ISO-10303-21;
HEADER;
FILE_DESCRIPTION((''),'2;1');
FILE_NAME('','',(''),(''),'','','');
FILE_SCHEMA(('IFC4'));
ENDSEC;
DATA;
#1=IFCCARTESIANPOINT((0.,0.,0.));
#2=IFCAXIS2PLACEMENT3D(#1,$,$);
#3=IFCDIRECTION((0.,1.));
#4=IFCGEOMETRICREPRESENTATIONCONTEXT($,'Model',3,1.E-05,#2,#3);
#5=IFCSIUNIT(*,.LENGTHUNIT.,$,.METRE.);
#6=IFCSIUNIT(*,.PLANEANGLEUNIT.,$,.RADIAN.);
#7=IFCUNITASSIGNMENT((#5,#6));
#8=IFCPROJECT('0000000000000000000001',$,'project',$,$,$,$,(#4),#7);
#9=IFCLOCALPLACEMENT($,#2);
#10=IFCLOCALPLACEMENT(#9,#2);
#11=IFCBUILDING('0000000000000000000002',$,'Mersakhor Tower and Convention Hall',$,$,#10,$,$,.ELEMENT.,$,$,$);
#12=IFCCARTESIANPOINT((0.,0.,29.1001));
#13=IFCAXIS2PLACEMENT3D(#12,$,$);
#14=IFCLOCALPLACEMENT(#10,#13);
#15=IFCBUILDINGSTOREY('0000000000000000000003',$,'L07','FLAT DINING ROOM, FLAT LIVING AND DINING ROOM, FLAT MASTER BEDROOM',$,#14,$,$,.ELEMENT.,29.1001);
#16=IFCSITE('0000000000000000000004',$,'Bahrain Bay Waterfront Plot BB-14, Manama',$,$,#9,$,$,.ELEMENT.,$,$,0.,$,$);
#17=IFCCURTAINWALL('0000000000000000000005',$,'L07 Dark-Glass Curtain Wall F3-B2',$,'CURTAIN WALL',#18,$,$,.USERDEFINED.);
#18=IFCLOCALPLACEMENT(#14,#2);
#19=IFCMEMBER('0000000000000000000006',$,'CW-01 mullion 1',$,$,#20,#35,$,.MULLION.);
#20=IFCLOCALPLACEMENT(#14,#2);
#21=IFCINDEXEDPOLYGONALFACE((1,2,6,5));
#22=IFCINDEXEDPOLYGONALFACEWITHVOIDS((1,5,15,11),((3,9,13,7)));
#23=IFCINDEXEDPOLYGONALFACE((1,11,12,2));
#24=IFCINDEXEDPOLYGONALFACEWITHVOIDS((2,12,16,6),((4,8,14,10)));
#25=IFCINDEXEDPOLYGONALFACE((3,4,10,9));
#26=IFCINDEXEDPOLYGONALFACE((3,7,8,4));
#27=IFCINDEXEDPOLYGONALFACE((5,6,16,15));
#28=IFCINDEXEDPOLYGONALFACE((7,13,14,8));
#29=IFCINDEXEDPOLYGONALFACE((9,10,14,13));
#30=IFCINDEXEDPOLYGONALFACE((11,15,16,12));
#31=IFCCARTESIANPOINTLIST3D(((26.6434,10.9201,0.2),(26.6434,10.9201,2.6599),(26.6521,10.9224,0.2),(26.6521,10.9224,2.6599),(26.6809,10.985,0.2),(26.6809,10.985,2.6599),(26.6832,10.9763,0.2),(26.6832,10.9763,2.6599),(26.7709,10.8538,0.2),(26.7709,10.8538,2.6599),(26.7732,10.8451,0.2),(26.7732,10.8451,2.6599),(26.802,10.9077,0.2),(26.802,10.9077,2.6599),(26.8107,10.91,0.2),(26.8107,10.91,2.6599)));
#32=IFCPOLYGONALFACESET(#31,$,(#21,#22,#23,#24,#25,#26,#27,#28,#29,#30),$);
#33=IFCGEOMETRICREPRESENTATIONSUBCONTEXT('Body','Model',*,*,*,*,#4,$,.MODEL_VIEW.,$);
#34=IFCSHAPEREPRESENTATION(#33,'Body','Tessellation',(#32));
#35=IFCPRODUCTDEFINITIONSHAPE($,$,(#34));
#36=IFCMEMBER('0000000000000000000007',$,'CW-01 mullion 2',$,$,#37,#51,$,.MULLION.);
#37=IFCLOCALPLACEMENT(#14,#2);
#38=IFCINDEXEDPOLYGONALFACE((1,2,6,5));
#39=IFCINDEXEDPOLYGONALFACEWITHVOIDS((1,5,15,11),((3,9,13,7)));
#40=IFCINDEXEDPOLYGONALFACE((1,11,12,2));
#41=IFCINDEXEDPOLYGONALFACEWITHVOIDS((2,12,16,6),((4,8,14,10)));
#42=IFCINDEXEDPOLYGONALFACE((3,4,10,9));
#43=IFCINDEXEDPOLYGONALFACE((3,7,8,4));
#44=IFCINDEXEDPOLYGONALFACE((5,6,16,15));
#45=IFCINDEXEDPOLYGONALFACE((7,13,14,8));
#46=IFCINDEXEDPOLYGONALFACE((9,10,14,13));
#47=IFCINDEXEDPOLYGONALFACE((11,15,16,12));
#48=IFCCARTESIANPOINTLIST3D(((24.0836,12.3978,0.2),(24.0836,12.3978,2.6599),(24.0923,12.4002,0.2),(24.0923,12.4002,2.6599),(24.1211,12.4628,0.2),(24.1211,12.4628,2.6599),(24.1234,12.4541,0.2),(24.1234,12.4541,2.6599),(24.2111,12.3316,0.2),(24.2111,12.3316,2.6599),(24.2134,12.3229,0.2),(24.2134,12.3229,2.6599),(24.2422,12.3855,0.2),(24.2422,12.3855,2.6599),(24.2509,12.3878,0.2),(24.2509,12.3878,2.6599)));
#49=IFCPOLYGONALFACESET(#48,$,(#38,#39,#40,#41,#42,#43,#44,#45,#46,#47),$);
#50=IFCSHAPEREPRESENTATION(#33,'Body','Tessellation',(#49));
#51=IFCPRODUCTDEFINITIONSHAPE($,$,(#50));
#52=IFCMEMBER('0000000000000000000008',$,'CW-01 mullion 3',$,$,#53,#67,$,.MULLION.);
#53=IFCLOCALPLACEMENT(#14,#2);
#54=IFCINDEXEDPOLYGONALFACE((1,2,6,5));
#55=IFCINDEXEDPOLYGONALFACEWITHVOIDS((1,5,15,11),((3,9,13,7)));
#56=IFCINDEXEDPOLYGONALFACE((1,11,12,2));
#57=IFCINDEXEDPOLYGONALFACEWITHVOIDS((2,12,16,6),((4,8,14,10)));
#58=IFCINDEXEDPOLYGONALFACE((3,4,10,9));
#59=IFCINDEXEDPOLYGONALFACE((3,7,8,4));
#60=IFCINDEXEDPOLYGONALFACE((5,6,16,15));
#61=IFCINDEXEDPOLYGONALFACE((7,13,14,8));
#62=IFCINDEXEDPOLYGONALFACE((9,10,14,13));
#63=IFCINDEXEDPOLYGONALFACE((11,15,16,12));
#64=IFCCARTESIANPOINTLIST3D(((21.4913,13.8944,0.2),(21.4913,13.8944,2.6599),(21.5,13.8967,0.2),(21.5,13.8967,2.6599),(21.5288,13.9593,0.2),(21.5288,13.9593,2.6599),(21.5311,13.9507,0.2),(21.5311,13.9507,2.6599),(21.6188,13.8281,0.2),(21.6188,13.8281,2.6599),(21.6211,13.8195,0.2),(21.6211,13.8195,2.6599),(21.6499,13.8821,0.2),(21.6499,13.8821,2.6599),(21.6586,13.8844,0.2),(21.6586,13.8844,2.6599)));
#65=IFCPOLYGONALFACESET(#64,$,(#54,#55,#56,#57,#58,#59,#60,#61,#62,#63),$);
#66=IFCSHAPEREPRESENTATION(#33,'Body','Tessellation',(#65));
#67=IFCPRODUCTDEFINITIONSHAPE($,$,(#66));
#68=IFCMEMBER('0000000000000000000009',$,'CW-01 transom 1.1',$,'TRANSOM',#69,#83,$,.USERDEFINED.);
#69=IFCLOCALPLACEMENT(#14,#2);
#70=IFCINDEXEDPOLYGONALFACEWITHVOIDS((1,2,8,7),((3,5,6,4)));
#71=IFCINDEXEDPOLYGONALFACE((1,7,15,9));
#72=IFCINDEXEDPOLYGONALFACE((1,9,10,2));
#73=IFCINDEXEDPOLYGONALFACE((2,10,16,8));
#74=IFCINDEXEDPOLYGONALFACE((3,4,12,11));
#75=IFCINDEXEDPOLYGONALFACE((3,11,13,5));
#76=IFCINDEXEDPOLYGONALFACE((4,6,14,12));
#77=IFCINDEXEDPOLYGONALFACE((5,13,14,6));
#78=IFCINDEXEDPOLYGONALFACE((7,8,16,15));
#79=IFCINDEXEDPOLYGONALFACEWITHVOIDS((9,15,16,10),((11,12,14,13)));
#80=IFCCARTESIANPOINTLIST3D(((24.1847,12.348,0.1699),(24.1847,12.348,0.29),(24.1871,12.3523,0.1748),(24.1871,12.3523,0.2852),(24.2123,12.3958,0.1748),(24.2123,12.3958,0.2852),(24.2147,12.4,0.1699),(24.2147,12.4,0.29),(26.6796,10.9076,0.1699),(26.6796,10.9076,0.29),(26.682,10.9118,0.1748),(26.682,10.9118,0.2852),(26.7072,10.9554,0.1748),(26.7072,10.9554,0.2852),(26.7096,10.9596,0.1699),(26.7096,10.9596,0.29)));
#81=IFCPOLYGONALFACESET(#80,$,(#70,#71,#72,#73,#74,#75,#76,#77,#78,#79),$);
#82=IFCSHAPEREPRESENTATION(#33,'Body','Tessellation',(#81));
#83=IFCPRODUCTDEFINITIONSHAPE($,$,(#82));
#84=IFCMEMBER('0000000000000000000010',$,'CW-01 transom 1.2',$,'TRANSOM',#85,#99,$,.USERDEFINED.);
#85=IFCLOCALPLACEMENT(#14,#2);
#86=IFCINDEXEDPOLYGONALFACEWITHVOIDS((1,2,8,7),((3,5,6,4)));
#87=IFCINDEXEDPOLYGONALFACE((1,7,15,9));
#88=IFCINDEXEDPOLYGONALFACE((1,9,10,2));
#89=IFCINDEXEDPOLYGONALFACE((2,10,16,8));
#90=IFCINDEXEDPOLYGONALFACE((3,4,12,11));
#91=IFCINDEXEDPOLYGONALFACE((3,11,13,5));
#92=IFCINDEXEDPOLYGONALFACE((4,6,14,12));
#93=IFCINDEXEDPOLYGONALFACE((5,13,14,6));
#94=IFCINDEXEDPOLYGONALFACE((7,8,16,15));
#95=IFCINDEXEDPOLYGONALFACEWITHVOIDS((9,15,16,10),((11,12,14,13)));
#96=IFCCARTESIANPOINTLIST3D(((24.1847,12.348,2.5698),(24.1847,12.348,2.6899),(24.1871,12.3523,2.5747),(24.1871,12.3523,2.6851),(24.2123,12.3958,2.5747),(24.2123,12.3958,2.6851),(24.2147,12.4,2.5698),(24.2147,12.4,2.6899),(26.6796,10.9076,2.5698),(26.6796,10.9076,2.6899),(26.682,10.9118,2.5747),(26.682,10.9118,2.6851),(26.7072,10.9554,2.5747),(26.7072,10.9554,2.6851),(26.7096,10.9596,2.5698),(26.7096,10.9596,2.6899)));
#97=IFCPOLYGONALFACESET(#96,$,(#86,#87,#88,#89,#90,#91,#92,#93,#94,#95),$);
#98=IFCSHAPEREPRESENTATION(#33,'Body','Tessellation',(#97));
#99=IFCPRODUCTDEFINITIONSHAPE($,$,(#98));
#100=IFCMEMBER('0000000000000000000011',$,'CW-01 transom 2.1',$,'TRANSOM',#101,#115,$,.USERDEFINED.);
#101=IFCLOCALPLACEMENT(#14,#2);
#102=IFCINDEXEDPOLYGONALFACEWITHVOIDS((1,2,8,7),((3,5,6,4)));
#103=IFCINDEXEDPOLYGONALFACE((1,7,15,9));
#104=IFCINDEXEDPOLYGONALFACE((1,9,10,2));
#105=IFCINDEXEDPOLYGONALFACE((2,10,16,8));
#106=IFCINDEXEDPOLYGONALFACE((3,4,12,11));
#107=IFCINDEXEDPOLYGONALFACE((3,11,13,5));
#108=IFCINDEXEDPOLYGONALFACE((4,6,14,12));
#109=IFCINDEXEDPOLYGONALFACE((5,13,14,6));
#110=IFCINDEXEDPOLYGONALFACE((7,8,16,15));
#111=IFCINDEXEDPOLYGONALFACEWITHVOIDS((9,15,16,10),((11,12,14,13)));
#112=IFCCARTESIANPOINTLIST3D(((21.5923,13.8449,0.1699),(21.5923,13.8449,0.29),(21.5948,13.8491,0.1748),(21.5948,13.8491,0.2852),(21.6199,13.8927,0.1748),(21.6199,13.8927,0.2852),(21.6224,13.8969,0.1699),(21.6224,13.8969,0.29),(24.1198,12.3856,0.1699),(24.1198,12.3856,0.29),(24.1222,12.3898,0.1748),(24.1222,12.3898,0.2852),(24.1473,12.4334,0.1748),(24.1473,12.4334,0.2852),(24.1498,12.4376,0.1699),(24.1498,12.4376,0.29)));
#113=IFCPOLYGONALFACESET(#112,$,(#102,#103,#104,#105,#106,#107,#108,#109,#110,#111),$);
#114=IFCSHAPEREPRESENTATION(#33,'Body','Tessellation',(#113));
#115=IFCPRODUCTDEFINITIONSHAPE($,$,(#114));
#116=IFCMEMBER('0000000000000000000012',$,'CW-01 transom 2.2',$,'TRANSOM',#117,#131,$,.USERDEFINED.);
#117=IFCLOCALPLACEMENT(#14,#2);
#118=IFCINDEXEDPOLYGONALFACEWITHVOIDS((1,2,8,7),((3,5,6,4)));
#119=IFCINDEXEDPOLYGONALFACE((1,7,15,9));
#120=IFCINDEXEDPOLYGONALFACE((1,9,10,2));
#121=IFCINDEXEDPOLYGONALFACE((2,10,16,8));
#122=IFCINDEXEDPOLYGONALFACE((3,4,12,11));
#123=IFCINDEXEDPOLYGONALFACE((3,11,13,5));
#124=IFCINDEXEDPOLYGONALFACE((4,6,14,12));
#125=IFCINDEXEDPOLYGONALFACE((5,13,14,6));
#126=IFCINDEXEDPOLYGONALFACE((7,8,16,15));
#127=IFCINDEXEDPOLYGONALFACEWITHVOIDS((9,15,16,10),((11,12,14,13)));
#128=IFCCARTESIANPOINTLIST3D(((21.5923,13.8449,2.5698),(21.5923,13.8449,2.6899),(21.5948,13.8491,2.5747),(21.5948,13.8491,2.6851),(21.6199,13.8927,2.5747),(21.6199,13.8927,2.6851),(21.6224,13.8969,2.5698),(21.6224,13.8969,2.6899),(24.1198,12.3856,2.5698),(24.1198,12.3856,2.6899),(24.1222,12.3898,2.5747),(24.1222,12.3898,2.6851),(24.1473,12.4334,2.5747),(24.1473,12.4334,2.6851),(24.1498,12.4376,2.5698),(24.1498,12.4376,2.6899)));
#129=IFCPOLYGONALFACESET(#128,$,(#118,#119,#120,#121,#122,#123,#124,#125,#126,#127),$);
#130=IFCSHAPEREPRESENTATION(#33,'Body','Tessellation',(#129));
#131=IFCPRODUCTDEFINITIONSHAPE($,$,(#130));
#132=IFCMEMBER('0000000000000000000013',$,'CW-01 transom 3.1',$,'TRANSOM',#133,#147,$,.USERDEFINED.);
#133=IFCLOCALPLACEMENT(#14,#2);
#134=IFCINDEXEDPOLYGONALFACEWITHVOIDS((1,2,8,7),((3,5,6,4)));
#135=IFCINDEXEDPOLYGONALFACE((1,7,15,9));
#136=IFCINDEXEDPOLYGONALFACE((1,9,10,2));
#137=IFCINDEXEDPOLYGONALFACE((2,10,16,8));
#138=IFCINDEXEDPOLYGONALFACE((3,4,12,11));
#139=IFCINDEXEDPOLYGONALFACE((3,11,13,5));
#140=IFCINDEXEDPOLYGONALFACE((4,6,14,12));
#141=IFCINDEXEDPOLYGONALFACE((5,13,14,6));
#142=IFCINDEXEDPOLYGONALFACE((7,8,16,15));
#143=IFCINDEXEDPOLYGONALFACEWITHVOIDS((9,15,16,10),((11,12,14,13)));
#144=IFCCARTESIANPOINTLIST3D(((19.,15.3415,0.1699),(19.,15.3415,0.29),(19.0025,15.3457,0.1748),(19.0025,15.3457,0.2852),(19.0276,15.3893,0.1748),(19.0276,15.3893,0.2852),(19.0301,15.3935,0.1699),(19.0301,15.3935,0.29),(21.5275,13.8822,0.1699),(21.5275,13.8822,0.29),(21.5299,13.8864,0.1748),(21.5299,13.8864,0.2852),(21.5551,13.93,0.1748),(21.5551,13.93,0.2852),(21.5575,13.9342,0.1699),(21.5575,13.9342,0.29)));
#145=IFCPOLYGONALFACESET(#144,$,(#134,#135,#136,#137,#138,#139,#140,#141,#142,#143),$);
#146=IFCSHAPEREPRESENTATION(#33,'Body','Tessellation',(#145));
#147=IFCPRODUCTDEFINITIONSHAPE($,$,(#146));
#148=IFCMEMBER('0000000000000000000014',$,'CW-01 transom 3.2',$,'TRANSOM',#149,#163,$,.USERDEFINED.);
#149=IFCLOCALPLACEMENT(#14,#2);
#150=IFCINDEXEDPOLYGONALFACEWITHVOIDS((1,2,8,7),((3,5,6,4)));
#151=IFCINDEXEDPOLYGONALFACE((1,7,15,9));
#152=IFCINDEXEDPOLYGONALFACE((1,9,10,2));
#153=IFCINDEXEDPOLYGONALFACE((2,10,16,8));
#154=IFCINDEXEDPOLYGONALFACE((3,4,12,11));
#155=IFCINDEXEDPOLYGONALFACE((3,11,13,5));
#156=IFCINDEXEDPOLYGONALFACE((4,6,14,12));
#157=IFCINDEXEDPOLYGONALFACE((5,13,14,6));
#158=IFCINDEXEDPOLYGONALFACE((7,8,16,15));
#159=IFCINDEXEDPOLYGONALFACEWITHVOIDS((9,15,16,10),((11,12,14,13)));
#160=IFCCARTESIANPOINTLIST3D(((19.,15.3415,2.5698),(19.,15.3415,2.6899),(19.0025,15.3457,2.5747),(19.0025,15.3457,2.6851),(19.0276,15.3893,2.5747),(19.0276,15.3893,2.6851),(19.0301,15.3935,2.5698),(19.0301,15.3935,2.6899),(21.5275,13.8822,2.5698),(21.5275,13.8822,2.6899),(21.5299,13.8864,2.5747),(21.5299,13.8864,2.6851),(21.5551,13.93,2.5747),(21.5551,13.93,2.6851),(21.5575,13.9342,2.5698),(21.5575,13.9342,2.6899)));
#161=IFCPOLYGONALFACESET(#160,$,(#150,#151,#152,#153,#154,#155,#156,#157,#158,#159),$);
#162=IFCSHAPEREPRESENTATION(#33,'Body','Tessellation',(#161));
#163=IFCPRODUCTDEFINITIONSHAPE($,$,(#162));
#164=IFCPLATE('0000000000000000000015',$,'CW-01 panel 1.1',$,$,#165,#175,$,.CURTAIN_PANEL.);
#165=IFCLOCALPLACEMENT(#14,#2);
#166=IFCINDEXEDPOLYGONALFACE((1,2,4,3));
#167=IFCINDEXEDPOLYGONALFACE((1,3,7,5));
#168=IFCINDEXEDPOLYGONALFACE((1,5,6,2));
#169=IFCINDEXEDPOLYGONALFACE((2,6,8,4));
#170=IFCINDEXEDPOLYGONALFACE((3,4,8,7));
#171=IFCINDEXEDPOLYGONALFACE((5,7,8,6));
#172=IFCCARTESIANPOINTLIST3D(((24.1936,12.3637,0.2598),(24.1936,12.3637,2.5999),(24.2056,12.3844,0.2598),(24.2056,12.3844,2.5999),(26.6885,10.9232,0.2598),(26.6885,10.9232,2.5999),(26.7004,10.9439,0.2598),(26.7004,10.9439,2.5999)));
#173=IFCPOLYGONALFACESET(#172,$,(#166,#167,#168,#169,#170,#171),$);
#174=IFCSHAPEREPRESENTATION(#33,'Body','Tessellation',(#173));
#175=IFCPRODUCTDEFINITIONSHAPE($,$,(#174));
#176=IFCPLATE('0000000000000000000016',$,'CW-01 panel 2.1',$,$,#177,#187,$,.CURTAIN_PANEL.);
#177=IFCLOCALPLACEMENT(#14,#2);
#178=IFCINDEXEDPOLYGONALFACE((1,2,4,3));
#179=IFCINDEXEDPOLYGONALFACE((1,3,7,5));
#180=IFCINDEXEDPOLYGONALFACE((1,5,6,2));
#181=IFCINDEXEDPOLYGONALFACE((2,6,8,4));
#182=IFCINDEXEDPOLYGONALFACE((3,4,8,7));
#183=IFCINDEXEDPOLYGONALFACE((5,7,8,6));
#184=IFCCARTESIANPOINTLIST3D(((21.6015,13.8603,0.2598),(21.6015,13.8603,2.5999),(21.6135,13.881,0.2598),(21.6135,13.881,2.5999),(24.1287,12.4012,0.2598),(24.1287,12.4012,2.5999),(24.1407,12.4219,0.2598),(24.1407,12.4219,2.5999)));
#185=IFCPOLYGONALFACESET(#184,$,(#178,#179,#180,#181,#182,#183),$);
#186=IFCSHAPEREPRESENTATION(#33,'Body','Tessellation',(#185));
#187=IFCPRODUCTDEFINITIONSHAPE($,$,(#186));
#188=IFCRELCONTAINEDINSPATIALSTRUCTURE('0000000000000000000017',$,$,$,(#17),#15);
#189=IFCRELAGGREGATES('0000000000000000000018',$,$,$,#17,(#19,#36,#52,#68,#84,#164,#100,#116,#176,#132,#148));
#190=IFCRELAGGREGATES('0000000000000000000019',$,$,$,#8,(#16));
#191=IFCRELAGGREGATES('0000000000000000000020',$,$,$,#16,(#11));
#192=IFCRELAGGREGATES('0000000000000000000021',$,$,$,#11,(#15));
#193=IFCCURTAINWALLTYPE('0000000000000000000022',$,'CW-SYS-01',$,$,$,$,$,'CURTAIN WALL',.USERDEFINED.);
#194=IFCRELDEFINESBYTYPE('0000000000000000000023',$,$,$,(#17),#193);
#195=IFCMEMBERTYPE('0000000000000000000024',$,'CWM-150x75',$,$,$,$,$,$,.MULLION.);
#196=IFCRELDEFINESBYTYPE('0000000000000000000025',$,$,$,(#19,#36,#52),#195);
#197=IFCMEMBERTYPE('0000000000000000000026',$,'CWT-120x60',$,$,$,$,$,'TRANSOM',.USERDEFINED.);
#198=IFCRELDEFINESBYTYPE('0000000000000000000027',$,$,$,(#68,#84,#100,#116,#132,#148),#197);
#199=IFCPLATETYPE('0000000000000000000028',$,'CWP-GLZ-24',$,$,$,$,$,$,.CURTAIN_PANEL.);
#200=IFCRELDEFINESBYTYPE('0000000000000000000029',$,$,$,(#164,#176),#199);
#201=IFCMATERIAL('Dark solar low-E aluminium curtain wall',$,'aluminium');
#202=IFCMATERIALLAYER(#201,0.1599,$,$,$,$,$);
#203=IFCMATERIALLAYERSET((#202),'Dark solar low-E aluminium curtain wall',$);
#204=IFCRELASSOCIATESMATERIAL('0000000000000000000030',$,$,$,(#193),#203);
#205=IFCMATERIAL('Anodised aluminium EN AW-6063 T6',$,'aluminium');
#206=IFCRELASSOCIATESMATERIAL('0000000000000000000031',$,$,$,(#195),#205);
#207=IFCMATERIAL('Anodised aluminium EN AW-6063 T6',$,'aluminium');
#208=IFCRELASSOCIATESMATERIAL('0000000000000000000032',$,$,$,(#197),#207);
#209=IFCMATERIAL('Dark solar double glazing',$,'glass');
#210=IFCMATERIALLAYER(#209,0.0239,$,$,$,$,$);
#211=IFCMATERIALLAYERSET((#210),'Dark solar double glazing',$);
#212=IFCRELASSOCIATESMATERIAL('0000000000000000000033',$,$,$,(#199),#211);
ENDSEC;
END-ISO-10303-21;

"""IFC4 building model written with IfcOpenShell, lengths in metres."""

from ifc_helpers import new_model, si_unit, direction, frame, origin, origin_2d, place, context, subcontext, project, spatial, rectangle, hollow_rectangle, extrude, material, layer, layer_set, material_profile, profile_set, type_object, element, aggregate, save


model = new_model("IFC4")

# Units and contexts
model_context = context("Model", 3, precision=1e-05, world=origin(), true_north=direction((0.0, 1.0)))
body_context = subcontext(model_context, "Body", "Model", "MODEL_VIEW")
ifc_project = project(units=[si_unit("LENGTHUNIT", "METRE"), si_unit("PLANEANGLEUNIT", "RADIAN")], contexts=[model_context])

# Site, building, storey
site_placement = place(None, origin())
site = spatial("IfcSite", under=ifc_project, at=site_placement, Name="Bahrain Bay Waterfront Plot BB-14, Manama", CompositionType="ELEMENT", RefElevation=0.0)
building_placement = place(site_placement, origin())
building = spatial("IfcBuilding", under=site, at=building_placement, Name="Mersakhor Tower and Convention Hall", CompositionType="ELEMENT")
storey_placement = place(building_placement, frame((0.0, 0.0, 29.1001)))
storey = spatial("IfcBuildingStorey", under=building, at=storey_placement, Name="L07", Description="FLAT DINING ROOM, FLAT LIVING AND DINING ROOM, FLAT MASTER BEDROOM", CompositionType="ELEMENT", Elevation=29.1001)

# Curtain wall, members, plates
ifc_material_1 = material(Name="Dark solar low-E aluminium curtain wall", Category="aluminium")
ifc_layer_1 = layer(ifc_material_1, 0.1599)
ifc_layer_set_1 = layer_set([ifc_layer_1], Name="Dark solar low-E aluminium curtain wall")
curtain_wall_type = type_object("IfcCurtainWallType", Name="CW-SYS-01", ElementType="CURTAIN WALL", PredefinedType="USERDEFINED", material=ifc_layer_set_1)
curtain_wall_placement = place(storey_placement, origin())
curtain_wall = element("IfcCurtainWall", 1, at=curtain_wall_placement, inside=storey, type_object=curtain_wall_type, Name="L07 Dark-Glass Curtain Wall F3-B2", ObjectType="CURTAIN WALL", PredefinedType="USERDEFINED")
ifc_material_2 = material(Name="Anodised aluminium EN AW-6063 T6", Category="aluminium")
ifc_material_profile_1 = material_profile(ifc_material_2, hollow_rectangle(XDim=0.075, YDim=0.1499, WallThickness=0.0063, at=origin_2d()), Name="RHS 150x75x6.3")
ifc_profile_set_1 = profile_set([ifc_material_profile_1], Name="Anodised aluminium EN AW-6063 T6")
member_type_1 = type_object("IfcMemberType", Name="CWM-150x75", PredefinedType="MULLION", material=ifc_profile_set_1)
member_1_placement = place(storey_placement, frame((26.7271, 10.915, 0.2), z_axis=(0.0, 0.0, 1.0), x_axis=(-0.500003, -0.866023, 0.0)))
member_1 = element("IfcMember", 2, at=member_1_placement, type_object=member_type_1, Name="CW-01 mullion 1", PredefinedType="MULLION", context=body_context, shape_type="SweptSolid", body=[
    extrude(hollow_rectangle(XDim=0.075, YDim=0.1499, WallThickness=0.0063, at=origin_2d()), origin(), (0.0, 0.0, 1.0), 2.46),
])
member_2_placement = place(storey_placement, frame((24.1672, 12.3928, 0.2), z_axis=(0.0, 0.0, 1.0), x_axis=(-0.500003, -0.866023, 0.0)))
member_2 = element("IfcMember", 3, at=member_2_placement, type_object=member_type_1, Name="CW-01 mullion 2", PredefinedType="MULLION", context=body_context, shape_type="SweptSolid", body=[
    extrude(hollow_rectangle(XDim=0.075, YDim=0.1499, WallThickness=0.0063, at=origin_2d()), origin(), (0.0, 0.0, 1.0), 2.46),
])
member_3_placement = place(storey_placement, frame((21.575, 13.8894, 0.2), z_axis=(0.0, 0.0, 1.0), x_axis=(-0.500003, -0.866023, 0.0)))
member_3 = element("IfcMember", 4, at=member_3_placement, type_object=member_type_1, Name="CW-01 mullion 3", PredefinedType="MULLION", context=body_context, shape_type="SweptSolid", body=[
    extrude(hollow_rectangle(XDim=0.075, YDim=0.1499, WallThickness=0.0063, at=origin_2d()), origin(), (0.0, 0.0, 1.0), 2.46),
])
ifc_material_3 = material(Name="Anodised aluminium EN AW-6063 T6", Category="aluminium")
ifc_material_profile_2 = material_profile(ifc_material_3, hollow_rectangle(XDim=0.0601, YDim=0.1201, WallThickness=0.0049, at=origin_2d()), Name="RHS 120x60x5")
ifc_profile_set_2 = profile_set([ifc_material_profile_2], Name="Anodised aluminium EN AW-6063 T6")
member_type_2 = type_object("IfcMemberType", Name="CWT-120x60", ElementType="TRANSOM", PredefinedType="USERDEFINED", material=ifc_profile_set_2)
member_4_placement = place(storey_placement, frame((26.6946, 10.9336, 0.23), z_axis=(-0.866023, 0.500004, 0.0), x_axis=(-0.500004, -0.866023, 0.0)))
member_4 = element("IfcMember", 5, at=member_4_placement, type_object=member_type_2, Name="CW-01 transom 1.1", ObjectType="TRANSOM", PredefinedType="USERDEFINED", context=body_context, shape_type="SweptSolid", body=[
    extrude(hollow_rectangle(XDim=0.0601, YDim=0.1201, WallThickness=0.0049, at=origin_2d()), origin(), (0.0, 0.0, 1.0), 2.8809),
])
member_5_placement = place(storey_placement, frame((26.6946, 10.9336, 2.6299), z_axis=(-0.866023, 0.500004, 0.0), x_axis=(-0.500004, -0.866023, 0.0)))
member_5 = element("IfcMember", 6, at=member_5_placement, type_object=member_type_2, Name="CW-01 transom 1.2", ObjectType="TRANSOM", PredefinedType="USERDEFINED", context=body_context, shape_type="SweptSolid", body=[
    extrude(hollow_rectangle(XDim=0.0601, YDim=0.1201, WallThickness=0.0049, at=origin_2d()), origin(), (0.0, 0.0, 1.0), 2.8809),
])
member_6_placement = place(storey_placement, frame((24.1348, 12.4116, 0.23), z_axis=(-0.866016, 0.500017, 0.0), x_axis=(-0.500017, -0.866016, 0.0)))
member_6 = element("IfcMember", 7, at=member_6_placement, type_object=member_type_2, Name="CW-01 transom 2.1", ObjectType="TRANSOM", PredefinedType="USERDEFINED", context=body_context, shape_type="SweptSolid", body=[
    extrude(hollow_rectangle(XDim=0.0601, YDim=0.1201, WallThickness=0.0049, at=origin_2d()), origin(), (0.0, 0.0, 1.0), 2.9185),
])
member_7_placement = place(storey_placement, frame((24.1348, 12.4116, 2.6299), z_axis=(-0.866016, 0.500017, 0.0), x_axis=(-0.500017, -0.866016, 0.0)))
member_7 = element("IfcMember", 8, at=member_7_placement, type_object=member_type_2, Name="CW-01 transom 2.2", ObjectType="TRANSOM", PredefinedType="USERDEFINED", context=body_context, shape_type="SweptSolid", body=[
    extrude(hollow_rectangle(XDim=0.0601, YDim=0.1201, WallThickness=0.0049, at=origin_2d()), origin(), (0.0, 0.0, 1.0), 2.9185),
])
member_8_placement = place(storey_placement, frame((21.5425, 13.9082, 0.23), z_axis=(-0.866016, 0.500017, 0.0), x_axis=(-0.500017, -0.866016, 0.0)))
member_8 = element("IfcMember", 9, at=member_8_placement, type_object=member_type_2, Name="CW-01 transom 3.1", ObjectType="TRANSOM", PredefinedType="USERDEFINED", context=body_context, shape_type="SweptSolid", body=[
    extrude(hollow_rectangle(XDim=0.0601, YDim=0.1201, WallThickness=0.0049, at=origin_2d()), origin(), (0.0, 0.0, 1.0), 2.9185),
])
member_9_placement = place(storey_placement, frame((21.5425, 13.9082, 2.6299), z_axis=(-0.866016, 0.500017, 0.0), x_axis=(-0.500017, -0.866016, 0.0)))
member_9 = element("IfcMember", 10, at=member_9_placement, type_object=member_type_2, Name="CW-01 transom 3.2", ObjectType="TRANSOM", PredefinedType="USERDEFINED", context=body_context, shape_type="SweptSolid", body=[
    extrude(hollow_rectangle(XDim=0.0601, YDim=0.1201, WallThickness=0.0049, at=origin_2d()), origin(), (0.0, 0.0, 1.0), 2.9185),
])
ifc_material_4 = material(Name="Dark solar double glazing", Category="glass")
ifc_layer_2 = layer(ifc_material_4, 0.0239)
ifc_layer_set_2 = layer_set([ifc_layer_2], Name="Dark solar double glazing")
plate_type_1 = type_object("IfcPlateType", Name="CWP-GLZ-24", PredefinedType="CURTAIN_PANEL", material=ifc_layer_set_2)
plate_1_placement = place(storey_placement, frame((25.447, 11.6538, 0.2598), z_axis=(0.0, 0.0, 1.0), x_axis=(-0.866023, 0.500003, 0.0)))
plate_1 = element("IfcPlate", 11, at=plate_1_placement, type_object=plate_type_1, Name="CW-01 panel 1.1", PredefinedType="CURTAIN_PANEL", context=body_context, shape_type="SweptSolid", body=[
    extrude(rectangle(XDim=2.8809, YDim=0.0239, at=origin_2d()), origin(), (0.0, 0.0, 1.0), 2.3401),
])
plate_2_placement = place(storey_placement, frame((22.8711, 13.1411, 0.2598), z_axis=(0.0, 0.0, 1.0), x_axis=(-0.866023, 0.500003, 0.0)))
plate_2 = element("IfcPlate", 12, at=plate_2_placement, type_object=plate_type_1, Name="CW-01 panel 2.1", PredefinedType="CURTAIN_PANEL", context=body_context, shape_type="SweptSolid", body=[
    extrude(rectangle(XDim=2.9182, YDim=0.0239, at=origin_2d()), origin(), (0.0, 0.0, 1.0), 2.3401),
])
aggregate(curtain_wall, [member_1, member_2, member_3, member_4, member_5, plate_1, member_6, member_7, plate_2, member_8, member_9])

save(model, "model.ifc")
